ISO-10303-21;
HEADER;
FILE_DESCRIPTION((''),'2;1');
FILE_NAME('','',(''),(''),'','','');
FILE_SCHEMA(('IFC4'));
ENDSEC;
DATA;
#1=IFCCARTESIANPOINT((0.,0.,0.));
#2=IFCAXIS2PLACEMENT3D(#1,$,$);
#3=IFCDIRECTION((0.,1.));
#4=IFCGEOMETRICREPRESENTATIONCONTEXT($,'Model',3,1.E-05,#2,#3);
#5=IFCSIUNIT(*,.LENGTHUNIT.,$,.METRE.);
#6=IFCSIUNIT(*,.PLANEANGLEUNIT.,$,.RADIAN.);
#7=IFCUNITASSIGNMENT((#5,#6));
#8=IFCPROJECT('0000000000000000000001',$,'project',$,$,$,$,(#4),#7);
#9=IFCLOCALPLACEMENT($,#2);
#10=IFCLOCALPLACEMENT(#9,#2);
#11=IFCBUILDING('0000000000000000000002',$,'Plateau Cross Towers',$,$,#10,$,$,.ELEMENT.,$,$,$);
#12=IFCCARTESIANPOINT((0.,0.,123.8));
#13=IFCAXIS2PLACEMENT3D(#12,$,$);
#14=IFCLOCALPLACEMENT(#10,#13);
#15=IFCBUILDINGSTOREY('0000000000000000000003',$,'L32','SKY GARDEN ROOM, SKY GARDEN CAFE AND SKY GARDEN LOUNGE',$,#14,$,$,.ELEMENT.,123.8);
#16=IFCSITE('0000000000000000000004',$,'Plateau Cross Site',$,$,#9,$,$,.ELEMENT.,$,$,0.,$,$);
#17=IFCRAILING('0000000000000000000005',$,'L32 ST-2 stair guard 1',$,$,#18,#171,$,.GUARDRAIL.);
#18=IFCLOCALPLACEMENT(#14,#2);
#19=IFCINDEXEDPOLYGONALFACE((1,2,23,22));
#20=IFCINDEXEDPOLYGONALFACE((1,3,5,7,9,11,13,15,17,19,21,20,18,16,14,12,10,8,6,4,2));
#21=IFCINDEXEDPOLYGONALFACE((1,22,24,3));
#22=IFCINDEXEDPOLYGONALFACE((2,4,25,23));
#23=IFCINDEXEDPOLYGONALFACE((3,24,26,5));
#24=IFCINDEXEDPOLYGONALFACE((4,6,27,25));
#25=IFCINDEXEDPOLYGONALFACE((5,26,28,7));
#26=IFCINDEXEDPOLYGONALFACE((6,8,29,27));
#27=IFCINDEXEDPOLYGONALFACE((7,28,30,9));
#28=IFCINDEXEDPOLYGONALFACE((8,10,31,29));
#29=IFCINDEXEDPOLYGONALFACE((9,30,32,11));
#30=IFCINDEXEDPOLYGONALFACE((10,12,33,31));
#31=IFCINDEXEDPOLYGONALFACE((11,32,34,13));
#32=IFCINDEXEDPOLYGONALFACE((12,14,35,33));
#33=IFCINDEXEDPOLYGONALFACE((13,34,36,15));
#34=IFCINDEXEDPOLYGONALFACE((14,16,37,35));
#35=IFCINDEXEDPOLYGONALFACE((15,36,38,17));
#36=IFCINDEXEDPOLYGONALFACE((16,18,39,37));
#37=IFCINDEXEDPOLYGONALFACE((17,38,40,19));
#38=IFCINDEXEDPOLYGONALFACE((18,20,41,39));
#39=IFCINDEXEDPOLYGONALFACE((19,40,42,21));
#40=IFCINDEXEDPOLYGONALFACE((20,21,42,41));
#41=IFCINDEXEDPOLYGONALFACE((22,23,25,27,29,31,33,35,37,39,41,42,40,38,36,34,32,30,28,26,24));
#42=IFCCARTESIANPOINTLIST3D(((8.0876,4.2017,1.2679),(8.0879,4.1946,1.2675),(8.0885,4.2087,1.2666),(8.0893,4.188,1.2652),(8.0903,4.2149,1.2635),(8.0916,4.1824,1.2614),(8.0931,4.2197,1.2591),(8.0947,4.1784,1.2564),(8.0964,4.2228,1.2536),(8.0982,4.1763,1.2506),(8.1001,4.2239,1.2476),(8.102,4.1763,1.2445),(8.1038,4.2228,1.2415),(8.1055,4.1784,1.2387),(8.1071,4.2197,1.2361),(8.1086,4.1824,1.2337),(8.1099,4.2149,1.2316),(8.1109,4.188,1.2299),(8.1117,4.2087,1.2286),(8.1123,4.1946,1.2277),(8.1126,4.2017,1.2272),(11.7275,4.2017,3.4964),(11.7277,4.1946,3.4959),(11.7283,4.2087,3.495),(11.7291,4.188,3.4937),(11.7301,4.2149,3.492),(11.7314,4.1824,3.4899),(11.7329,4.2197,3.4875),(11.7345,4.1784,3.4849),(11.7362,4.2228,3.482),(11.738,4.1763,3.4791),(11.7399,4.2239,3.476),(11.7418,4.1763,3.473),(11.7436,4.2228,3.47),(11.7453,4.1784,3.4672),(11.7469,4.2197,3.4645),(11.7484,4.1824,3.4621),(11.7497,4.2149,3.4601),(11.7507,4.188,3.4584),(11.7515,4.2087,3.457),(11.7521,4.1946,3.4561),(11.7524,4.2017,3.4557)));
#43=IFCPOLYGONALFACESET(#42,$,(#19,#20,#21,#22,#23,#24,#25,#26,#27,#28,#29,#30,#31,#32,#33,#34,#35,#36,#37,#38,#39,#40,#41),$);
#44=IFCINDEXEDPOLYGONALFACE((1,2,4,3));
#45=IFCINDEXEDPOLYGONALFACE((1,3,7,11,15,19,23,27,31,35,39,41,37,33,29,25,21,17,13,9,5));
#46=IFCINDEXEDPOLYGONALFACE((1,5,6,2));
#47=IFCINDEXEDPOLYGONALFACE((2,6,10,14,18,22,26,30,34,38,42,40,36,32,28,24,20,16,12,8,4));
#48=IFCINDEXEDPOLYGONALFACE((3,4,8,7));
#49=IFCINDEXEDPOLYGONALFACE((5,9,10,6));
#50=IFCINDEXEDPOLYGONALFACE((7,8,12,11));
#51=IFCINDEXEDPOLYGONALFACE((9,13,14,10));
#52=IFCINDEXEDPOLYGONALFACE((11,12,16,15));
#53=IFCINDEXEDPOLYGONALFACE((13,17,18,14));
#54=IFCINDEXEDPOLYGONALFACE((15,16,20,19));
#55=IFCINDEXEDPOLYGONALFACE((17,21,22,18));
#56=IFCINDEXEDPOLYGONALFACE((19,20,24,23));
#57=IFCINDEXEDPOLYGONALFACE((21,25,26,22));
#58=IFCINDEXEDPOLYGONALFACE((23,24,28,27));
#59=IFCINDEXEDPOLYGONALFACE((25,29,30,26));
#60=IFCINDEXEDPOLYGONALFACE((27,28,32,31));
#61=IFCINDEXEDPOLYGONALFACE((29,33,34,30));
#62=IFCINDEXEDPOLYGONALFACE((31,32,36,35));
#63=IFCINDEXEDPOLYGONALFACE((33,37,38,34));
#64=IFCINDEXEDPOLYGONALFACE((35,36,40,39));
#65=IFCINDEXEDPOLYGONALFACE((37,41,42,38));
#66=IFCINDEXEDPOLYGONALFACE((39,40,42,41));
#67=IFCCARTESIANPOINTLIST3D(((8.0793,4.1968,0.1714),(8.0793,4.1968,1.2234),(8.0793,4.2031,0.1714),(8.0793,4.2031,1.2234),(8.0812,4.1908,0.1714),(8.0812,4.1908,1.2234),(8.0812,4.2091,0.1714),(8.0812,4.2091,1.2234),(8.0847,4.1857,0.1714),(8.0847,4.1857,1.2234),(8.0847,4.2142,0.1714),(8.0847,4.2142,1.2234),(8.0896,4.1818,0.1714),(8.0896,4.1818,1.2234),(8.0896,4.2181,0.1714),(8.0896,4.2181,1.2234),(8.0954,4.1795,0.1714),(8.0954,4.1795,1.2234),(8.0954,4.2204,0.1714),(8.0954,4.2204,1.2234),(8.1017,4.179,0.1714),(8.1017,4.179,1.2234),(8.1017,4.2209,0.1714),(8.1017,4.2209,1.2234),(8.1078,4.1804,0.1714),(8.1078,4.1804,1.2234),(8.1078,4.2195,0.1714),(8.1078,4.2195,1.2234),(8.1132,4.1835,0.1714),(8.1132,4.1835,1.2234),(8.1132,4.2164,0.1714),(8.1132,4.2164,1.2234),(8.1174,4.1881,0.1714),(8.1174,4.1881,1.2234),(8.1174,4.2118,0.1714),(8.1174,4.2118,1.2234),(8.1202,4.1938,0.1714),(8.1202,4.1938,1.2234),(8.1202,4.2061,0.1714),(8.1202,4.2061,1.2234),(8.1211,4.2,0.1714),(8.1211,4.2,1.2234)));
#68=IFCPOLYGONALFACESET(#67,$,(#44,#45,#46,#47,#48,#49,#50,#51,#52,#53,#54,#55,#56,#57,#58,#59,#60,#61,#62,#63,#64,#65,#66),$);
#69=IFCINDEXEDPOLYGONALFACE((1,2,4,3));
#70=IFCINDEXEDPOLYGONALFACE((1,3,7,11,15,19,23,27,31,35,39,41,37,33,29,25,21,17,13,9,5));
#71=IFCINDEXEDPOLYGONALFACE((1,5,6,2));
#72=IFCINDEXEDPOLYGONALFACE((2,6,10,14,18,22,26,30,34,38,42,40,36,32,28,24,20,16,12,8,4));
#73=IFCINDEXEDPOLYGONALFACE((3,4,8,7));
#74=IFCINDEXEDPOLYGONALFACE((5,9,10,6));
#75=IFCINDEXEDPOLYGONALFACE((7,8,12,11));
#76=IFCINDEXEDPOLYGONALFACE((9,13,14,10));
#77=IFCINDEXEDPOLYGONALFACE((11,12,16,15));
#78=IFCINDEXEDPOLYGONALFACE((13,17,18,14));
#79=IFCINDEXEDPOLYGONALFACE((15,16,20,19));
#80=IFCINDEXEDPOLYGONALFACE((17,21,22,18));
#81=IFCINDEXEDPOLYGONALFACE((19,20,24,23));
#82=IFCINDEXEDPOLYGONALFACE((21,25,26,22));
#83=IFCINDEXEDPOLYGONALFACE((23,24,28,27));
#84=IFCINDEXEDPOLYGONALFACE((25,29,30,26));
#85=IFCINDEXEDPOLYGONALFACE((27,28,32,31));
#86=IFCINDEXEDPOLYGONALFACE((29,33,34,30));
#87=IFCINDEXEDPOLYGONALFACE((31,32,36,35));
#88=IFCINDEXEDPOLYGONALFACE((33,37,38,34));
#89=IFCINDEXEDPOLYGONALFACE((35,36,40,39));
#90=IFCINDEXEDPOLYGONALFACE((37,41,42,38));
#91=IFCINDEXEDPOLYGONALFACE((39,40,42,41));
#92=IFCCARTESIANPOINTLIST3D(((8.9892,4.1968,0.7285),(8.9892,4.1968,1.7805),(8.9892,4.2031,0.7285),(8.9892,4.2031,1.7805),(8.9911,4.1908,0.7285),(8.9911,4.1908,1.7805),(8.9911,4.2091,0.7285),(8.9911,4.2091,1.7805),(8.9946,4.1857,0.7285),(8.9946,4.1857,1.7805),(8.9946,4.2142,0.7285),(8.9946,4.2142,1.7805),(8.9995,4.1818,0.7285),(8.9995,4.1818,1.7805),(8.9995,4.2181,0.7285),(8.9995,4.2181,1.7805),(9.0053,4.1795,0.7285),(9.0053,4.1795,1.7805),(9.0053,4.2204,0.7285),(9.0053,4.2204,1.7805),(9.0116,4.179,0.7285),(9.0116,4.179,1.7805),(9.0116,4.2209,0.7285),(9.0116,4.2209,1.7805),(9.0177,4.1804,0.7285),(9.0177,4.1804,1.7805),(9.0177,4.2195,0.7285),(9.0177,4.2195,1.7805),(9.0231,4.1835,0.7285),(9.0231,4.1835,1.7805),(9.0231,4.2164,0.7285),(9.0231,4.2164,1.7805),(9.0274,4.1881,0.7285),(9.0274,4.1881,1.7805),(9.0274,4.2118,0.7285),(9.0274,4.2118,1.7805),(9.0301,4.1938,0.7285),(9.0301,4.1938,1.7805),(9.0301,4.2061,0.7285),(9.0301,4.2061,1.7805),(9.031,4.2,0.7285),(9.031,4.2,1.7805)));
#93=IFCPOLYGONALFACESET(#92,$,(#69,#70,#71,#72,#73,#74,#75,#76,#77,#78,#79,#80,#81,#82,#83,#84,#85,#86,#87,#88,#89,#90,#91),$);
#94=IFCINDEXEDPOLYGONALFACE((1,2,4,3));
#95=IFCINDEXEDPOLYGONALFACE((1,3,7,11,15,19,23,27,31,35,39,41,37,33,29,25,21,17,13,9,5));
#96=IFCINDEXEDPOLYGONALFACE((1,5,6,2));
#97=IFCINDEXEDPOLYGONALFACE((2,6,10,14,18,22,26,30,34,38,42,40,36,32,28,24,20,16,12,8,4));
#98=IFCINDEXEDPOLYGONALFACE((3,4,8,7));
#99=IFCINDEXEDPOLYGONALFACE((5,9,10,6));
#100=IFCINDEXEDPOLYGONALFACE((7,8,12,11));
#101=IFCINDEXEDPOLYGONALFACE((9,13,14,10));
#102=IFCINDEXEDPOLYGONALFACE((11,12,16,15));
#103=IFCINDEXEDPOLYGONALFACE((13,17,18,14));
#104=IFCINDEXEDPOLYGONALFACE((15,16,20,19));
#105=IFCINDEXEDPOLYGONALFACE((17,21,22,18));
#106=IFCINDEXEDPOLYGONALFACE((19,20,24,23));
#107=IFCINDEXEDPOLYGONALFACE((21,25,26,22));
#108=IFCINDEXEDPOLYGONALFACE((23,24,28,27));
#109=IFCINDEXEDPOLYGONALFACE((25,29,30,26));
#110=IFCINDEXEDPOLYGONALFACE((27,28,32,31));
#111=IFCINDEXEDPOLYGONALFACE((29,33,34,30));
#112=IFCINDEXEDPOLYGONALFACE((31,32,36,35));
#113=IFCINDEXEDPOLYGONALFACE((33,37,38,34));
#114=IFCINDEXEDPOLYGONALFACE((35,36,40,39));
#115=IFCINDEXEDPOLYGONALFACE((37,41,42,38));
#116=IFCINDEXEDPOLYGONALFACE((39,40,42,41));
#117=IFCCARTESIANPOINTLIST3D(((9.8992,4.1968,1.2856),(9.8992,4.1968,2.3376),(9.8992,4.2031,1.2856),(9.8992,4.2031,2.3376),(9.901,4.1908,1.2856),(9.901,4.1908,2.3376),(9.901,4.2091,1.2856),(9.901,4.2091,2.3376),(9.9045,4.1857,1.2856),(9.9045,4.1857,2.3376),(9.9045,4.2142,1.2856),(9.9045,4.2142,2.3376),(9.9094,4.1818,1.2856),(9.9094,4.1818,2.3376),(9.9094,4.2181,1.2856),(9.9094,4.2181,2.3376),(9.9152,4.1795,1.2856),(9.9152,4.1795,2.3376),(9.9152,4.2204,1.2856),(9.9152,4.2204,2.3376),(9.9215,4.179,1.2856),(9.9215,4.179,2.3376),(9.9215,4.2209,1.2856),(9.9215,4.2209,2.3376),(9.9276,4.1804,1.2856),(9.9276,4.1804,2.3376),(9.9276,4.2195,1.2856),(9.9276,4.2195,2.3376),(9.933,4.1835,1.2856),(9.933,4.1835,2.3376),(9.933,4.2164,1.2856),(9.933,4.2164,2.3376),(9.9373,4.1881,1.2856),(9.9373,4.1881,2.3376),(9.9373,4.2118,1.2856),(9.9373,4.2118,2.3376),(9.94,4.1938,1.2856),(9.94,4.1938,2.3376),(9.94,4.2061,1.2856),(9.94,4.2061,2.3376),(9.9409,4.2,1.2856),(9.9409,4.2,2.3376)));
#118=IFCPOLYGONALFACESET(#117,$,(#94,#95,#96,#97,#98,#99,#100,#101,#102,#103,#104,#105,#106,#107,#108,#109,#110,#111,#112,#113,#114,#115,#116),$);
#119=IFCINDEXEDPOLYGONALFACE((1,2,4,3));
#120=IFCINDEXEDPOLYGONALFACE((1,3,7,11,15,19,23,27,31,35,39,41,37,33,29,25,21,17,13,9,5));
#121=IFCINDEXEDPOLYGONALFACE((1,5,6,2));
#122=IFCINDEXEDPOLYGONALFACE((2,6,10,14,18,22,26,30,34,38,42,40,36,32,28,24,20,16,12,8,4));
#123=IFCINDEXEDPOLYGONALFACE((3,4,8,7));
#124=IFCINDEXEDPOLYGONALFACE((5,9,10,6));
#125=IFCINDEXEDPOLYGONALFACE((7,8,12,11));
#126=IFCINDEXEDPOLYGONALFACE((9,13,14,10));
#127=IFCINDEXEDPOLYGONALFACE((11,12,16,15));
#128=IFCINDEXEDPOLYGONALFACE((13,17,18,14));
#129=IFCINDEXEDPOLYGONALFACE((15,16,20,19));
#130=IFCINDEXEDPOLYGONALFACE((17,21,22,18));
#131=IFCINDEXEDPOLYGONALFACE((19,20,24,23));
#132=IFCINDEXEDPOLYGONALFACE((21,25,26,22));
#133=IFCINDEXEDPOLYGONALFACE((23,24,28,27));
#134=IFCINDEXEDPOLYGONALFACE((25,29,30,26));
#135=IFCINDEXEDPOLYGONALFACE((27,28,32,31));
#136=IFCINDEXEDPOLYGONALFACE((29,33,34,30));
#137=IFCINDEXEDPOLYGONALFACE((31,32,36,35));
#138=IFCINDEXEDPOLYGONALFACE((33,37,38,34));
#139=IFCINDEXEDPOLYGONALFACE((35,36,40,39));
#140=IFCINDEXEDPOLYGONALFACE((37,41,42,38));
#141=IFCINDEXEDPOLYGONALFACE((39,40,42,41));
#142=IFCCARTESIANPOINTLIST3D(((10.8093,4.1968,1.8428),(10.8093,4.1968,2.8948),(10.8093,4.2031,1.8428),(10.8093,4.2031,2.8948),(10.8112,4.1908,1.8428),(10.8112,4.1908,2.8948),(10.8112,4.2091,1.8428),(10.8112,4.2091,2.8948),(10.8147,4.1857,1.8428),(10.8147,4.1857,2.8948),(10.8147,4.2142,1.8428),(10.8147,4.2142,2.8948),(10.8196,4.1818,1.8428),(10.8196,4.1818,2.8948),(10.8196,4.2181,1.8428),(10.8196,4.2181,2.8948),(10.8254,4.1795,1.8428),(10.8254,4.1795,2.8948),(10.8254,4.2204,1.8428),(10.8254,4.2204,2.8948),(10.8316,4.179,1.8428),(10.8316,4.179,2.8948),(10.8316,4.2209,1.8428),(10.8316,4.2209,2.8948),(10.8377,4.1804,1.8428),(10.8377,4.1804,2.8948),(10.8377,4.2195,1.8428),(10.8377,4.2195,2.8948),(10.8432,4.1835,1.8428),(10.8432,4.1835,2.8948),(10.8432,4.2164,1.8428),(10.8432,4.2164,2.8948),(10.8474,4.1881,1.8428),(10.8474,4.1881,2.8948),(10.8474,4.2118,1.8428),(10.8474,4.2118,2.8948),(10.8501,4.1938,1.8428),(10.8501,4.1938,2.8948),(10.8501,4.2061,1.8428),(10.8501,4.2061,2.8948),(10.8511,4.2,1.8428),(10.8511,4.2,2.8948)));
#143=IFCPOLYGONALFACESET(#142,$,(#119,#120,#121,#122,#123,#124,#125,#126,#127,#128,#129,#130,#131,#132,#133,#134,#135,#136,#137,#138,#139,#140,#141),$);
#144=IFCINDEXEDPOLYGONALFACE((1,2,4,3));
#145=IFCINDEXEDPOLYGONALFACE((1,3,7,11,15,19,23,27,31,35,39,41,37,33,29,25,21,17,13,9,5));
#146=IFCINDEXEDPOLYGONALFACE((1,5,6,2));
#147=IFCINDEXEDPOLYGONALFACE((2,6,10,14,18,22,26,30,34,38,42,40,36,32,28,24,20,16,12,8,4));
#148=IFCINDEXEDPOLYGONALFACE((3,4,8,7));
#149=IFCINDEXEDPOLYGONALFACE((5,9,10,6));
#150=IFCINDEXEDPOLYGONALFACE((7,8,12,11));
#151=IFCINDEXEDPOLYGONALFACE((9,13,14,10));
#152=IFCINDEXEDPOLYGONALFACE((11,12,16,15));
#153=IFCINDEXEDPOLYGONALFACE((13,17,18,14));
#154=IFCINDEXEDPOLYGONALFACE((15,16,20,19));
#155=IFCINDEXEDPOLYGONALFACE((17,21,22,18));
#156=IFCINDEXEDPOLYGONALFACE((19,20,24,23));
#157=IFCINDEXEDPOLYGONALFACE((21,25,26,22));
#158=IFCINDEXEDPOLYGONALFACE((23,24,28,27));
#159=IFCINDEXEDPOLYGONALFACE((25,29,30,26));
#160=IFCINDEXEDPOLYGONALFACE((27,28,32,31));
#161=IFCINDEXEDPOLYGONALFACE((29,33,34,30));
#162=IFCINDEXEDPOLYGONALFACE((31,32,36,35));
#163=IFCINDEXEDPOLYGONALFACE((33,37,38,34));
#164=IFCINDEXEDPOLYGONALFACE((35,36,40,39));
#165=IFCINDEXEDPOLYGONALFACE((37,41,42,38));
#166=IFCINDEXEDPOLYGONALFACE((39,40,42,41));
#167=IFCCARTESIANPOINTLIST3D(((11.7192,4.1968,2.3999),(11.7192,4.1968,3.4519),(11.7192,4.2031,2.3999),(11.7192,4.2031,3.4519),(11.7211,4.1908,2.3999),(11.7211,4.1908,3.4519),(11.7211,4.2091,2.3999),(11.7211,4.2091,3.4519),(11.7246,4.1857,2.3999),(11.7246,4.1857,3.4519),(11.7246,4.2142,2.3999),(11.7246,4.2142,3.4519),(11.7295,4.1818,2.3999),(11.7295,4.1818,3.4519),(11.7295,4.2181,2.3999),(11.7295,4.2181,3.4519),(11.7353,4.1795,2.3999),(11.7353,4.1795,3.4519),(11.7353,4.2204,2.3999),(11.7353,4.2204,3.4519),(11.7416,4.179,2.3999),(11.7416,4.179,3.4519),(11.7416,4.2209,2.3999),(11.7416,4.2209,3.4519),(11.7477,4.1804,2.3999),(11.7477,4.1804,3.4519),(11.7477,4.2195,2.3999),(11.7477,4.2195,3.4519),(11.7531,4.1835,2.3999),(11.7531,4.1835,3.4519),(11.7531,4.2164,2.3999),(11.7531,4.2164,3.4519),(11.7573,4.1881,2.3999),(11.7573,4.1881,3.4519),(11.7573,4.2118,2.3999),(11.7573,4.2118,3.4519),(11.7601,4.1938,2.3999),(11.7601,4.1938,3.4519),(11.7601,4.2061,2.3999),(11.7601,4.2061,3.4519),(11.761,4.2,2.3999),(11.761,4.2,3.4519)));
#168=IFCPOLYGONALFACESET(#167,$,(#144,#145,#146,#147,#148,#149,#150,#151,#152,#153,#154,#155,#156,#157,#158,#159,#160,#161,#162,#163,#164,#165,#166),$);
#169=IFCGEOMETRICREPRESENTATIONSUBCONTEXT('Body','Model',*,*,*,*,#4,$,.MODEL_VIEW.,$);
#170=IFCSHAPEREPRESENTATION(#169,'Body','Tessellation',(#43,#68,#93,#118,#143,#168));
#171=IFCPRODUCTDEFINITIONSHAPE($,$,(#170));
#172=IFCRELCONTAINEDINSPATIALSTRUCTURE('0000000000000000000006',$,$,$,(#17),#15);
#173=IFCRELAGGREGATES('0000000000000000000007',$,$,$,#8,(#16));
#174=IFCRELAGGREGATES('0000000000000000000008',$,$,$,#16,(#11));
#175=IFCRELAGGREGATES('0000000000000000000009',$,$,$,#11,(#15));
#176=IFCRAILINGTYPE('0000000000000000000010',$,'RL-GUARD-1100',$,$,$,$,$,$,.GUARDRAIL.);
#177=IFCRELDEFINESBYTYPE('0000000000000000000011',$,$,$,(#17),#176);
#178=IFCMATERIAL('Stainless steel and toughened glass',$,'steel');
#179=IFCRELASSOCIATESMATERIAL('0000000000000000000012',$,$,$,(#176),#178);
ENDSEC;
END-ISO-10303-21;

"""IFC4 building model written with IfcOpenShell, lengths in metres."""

from ifc_helpers import new_model, si_unit, direction, frame, origin, origin_2d, place, context, subcontext, project, spatial, circle, extrude, material, type_object, element, save


model = new_model("IFC4")

# Units and contexts
model_context = context("Model", 3, precision=1e-05, world=origin(), true_north=direction((0.0, 1.0)))
body_context = subcontext(model_context, "Body", "Model", "MODEL_VIEW")
ifc_project = project(units=[si_unit("LENGTHUNIT", "METRE"), si_unit("PLANEANGLEUNIT", "RADIAN")], contexts=[model_context])

# Site, building, storey
site_placement = place(None, origin())
site = spatial("IfcSite", under=ifc_project, at=site_placement, Name="Plateau Cross Site", CompositionType="ELEMENT", RefElevation=0.0)
building_placement = place(site_placement, origin())
building = spatial("IfcBuilding", under=site, at=building_placement, Name="Plateau Cross Towers", CompositionType="ELEMENT")
storey_placement = place(building_placement, frame((0.0, 0.0, 123.8)))
storey = spatial("IfcBuildingStorey", under=building, at=storey_placement, Name="L32", Description="SKY GARDEN ROOM, SKY GARDEN CAFE AND SKY GARDEN LOUNGE", CompositionType="ELEMENT", Elevation=123.8)

# Railing
ifc_material_1 = material(Name="Stainless steel and toughened glass", Category="steel")
railing_type_1 = type_object("IfcRailingType", Name="RL-GUARD-1100", PredefinedType="GUARDRAIL", material=ifc_material_1)
railing_1_placement = place(storey_placement, frame((8.1001, 4.2, 0.1714)))
element("IfcRailing", 1, at=railing_1_placement, inside=storey, type_object=railing_type_1, Name="L32 ST-2 stair guard 1", PredefinedType="GUARDRAIL", context=body_context, shape_type="SweptSolid", body=[
    extrude(circle(Radius=0.0239, at=origin_2d()), frame((0.0, 0.0, 1.0762), z_axis=(0.85285, 0.0, 0.522156), x_axis=(0.0, 1.0, 0.0)), (0.0, 0.0, 1.0), 4.2678),
    extrude(circle(Radius=0.021, at=origin_2d()), origin(), (0.0, 0.0, 1.0), 1.052),
    extrude(circle(Radius=0.021, at=origin_2d()), frame((0.9099, 0.0, 0.5571)), (0.0, 0.0, 1.0), 1.052),
    extrude(circle(Radius=0.021, at=origin_2d()), frame((1.8198, 0.0, 1.1143)), (0.0, 0.0, 1.0), 1.052),
    extrude(circle(Radius=0.021, at=origin_2d()), frame((2.73, 0.0, 1.6714)), (0.0, 0.0, 1.0), 1.052),
    extrude(circle(Radius=0.021, at=origin_2d()), frame((3.6399, 0.0, 2.2285)), (0.0, 0.0, 1.0), 1.052),
])

save(model, "model.ifc")
